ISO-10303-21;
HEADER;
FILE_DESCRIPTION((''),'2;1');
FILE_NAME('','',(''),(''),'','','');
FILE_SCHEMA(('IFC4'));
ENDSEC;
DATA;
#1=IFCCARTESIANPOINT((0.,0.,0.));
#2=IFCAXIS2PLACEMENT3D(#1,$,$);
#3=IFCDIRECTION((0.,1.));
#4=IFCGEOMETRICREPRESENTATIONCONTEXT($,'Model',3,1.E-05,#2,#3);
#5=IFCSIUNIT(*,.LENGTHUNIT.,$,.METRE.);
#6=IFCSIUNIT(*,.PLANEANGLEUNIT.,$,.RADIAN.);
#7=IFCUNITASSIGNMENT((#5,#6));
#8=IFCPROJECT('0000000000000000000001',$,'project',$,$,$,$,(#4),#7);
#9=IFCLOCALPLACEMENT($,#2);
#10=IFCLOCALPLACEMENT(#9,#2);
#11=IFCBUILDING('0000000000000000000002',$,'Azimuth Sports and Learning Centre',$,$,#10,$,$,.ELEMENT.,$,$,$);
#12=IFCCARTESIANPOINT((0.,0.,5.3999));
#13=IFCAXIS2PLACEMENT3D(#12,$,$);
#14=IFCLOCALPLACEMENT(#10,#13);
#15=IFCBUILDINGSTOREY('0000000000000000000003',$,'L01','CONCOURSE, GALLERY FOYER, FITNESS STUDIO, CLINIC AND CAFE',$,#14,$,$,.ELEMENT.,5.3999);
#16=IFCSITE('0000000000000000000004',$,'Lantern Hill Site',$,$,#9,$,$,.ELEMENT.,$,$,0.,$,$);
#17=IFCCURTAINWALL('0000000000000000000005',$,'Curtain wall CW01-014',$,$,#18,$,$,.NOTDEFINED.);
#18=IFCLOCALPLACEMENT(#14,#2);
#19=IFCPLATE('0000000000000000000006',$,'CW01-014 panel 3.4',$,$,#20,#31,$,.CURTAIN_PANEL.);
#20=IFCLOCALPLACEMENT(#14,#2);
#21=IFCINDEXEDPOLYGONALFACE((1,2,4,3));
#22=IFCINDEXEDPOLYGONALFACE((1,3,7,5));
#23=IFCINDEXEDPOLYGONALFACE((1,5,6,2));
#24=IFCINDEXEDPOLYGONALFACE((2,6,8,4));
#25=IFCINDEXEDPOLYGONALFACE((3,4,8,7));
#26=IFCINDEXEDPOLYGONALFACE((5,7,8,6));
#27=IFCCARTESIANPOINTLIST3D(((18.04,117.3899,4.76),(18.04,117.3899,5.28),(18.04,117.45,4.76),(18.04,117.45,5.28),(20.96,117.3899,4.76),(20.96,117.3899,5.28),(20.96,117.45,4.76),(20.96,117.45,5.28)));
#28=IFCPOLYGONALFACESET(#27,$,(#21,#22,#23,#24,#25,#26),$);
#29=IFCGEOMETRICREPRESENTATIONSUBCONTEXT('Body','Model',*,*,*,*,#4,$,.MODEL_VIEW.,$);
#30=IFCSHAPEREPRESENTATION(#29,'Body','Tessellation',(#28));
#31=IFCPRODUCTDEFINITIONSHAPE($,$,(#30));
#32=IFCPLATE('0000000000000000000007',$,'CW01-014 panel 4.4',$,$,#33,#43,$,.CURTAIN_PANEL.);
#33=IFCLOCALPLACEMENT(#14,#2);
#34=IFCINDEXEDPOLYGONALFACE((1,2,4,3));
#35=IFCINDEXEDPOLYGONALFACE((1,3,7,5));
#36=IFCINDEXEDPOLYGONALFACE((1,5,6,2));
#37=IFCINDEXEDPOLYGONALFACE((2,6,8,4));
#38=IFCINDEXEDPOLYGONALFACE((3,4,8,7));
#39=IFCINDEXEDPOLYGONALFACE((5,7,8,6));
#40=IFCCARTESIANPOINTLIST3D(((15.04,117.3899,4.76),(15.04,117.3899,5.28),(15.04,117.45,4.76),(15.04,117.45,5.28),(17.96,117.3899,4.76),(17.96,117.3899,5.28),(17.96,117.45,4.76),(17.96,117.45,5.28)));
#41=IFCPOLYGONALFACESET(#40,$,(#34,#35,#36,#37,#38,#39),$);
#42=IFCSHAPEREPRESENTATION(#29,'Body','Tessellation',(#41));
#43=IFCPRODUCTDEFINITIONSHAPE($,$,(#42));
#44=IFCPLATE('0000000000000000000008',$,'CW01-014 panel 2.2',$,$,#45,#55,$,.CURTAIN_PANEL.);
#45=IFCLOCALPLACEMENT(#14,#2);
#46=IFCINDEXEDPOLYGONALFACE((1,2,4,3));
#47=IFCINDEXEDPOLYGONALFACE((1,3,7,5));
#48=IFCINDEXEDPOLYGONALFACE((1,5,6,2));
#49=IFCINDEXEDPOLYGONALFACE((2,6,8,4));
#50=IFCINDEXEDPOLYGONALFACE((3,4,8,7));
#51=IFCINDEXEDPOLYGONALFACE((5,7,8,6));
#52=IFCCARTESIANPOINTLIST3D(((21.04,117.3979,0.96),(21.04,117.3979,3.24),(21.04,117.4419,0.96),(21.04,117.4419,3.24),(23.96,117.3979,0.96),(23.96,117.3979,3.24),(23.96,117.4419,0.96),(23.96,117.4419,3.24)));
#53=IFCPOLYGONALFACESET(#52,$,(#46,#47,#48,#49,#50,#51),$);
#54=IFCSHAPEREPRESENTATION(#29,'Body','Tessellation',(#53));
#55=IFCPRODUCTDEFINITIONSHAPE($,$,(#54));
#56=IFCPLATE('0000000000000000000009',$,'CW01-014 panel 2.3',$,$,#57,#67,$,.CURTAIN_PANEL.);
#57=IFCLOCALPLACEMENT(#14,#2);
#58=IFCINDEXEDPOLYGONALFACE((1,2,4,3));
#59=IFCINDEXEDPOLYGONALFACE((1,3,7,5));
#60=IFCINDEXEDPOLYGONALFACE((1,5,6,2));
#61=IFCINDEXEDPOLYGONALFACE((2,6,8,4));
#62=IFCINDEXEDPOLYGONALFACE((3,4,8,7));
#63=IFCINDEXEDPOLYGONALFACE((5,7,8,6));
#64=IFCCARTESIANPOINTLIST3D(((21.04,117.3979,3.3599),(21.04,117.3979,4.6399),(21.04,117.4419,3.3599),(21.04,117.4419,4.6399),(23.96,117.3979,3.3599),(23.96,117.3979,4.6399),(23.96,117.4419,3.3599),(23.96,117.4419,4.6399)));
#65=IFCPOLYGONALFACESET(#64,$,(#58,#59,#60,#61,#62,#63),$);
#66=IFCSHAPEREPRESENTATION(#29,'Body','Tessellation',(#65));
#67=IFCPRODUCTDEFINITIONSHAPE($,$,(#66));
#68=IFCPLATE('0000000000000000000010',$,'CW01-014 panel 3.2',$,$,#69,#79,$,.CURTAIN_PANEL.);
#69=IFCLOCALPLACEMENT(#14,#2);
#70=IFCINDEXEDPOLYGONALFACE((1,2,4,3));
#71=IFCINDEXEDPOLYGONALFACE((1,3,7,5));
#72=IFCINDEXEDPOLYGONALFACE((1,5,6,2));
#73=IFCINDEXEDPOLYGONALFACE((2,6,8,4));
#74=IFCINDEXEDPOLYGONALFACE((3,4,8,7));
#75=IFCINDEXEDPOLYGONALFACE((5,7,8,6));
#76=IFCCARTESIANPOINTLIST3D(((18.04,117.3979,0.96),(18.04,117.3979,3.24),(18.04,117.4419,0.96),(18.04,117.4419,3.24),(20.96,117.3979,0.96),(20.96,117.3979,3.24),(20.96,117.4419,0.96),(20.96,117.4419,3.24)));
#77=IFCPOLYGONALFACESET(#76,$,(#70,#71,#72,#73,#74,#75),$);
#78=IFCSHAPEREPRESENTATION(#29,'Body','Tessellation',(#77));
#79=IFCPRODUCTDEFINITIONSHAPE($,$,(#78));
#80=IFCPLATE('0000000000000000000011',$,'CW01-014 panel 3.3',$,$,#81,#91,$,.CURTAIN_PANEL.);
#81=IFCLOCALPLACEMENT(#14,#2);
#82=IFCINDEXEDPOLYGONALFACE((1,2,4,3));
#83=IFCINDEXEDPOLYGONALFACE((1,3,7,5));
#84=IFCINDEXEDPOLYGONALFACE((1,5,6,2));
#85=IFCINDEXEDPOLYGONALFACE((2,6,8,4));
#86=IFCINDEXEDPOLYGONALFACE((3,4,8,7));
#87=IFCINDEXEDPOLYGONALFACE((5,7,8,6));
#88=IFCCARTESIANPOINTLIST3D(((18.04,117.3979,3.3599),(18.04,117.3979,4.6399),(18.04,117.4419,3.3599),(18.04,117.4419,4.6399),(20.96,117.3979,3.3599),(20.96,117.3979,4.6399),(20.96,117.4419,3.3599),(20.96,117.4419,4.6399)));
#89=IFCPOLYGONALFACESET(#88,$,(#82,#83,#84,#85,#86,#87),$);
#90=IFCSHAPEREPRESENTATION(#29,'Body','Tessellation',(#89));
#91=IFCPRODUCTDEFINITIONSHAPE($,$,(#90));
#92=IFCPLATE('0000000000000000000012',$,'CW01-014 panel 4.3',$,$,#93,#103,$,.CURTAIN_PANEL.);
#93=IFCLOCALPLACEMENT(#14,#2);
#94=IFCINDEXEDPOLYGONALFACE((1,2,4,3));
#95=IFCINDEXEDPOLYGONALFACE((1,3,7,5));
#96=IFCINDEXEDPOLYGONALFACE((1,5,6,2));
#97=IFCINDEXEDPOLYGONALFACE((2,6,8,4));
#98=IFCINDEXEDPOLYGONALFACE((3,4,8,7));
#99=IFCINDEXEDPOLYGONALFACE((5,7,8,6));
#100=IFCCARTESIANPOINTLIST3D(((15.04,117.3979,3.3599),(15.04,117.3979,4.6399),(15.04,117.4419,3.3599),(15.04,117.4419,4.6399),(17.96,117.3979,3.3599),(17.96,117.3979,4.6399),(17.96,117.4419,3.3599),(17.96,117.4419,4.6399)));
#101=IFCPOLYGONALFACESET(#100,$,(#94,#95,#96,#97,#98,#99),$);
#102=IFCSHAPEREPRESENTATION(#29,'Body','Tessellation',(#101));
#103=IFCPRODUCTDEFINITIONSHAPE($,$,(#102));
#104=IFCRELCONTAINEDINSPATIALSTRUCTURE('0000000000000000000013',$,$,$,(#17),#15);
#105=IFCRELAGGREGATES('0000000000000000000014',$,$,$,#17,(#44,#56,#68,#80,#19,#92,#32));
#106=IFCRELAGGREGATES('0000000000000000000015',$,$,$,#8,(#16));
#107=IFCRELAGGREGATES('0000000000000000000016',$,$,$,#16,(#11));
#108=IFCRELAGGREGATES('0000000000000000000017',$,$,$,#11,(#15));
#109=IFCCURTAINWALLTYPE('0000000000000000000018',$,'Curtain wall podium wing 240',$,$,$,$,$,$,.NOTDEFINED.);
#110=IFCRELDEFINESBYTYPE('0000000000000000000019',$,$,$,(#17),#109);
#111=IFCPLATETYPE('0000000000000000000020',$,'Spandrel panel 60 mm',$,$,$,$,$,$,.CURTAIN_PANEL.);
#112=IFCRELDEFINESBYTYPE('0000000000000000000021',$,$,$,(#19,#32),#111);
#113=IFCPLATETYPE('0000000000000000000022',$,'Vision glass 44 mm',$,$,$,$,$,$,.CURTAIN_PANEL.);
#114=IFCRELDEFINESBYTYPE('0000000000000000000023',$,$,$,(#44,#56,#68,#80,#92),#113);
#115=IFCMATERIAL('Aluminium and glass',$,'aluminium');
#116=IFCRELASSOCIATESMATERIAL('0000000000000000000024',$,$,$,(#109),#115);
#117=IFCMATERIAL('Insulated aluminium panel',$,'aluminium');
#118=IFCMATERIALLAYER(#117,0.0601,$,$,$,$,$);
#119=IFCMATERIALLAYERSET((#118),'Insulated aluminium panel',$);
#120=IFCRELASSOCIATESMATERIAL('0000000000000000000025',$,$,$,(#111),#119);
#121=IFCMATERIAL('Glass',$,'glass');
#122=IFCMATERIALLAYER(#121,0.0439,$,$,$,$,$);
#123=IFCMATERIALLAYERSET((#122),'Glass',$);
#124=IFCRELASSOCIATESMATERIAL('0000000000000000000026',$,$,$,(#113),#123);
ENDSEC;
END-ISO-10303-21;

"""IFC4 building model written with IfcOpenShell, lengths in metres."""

from ifc_helpers import new_model, si_unit, direction, frame, origin, origin_2d, place, context, subcontext, project, spatial, rectangle, extrude, material, layer, layer_set, type_object, element, aggregate, save


model = new_model("IFC4")

# Units and contexts
model_context = context("Model", 3, precision=1e-05, world=origin(), true_north=direction((0.0, 1.0)))
body_context = subcontext(model_context, "Body", "Model", "MODEL_VIEW")
ifc_project = project(units=[si_unit("LENGTHUNIT", "METRE"), si_unit("PLANEANGLEUNIT", "RADIAN")], contexts=[model_context])

# Site, building, storey
site_placement = place(None, origin())
site = spatial("IfcSite", under=ifc_project, at=site_placement, Name="Lantern Hill Site", CompositionType="ELEMENT", RefElevation=0.0)
building_placement = place(site_placement, origin())
building = spatial("IfcBuilding", under=site, at=building_placement, Name="Azimuth Sports and Learning Centre", CompositionType="ELEMENT")
storey_placement = place(building_placement, frame((0.0, 0.0, 5.3999)))
storey = spatial("IfcBuildingStorey", under=building, at=storey_placement, Name="L01", Description="CONCOURSE, GALLERY FOYER, FITNESS STUDIO, CLINIC AND CAFE", CompositionType="ELEMENT", Elevation=5.3999)

# Curtain wall, plates
ifc_material_1 = material(Name="Aluminium and glass", Category="aluminium")
curtain_wall_type = type_object("IfcCurtainWallType", Name="Curtain wall podium wing 240", PredefinedType="NOTDEFINED", material=ifc_material_1)
curtain_wall_placement = place(storey_placement, origin())
curtain_wall = element("IfcCurtainWall", 1, at=curtain_wall_placement, inside=storey, type_object=curtain_wall_type, Name="Curtain wall CW01-014", PredefinedType="NOTDEFINED")
ifc_material_2 = material(Name="Insulated aluminium panel", Category="aluminium")
ifc_layer_1 = layer(ifc_material_2, 0.0601)
ifc_layer_set_1 = layer_set([ifc_layer_1], Name="Insulated aluminium panel")
plate_type_1 = type_object("IfcPlateType", Name="Spandrel panel 60 mm", PredefinedType="CURTAIN_PANEL", material=ifc_layer_set_1)
plate_1_placement = place(storey_placement, frame((19.5, 117.4199, 4.76), z_axis=(0.0, 0.0, 1.0), x_axis=(-1.0, 0.0, 0.0)))
plate_1 = element("IfcPlate", 2, at=plate_1_placement, type_object=plate_type_1, Name="CW01-014 panel 3.4", PredefinedType="CURTAIN_PANEL", context=body_context, shape_type="SweptSolid", body=[
    extrude(rectangle(XDim=2.9199, YDim=0.0601, at=origin_2d()), origin(), (0.0, 0.0, 1.0), 0.52),
])
plate_2_placement = place(storey_placement, frame((16.5, 117.4199, 4.76), z_axis=(0.0, 0.0, 1.0), x_axis=(-1.0, 0.0, 0.0)))
plate_2 = element("IfcPlate", 3, at=plate_2_placement, type_object=plate_type_1, Name="CW01-014 panel 4.4", PredefinedType="CURTAIN_PANEL", context=body_context, shape_type="SweptSolid", body=[
    extrude(rectangle(XDim=2.9199, YDim=0.0601, at=origin_2d()), origin(), (0.0, 0.0, 1.0), 0.52),
])
ifc_material_3 = material(Name="Glass", Category="glass")
ifc_layer_2 = layer(ifc_material_3, 0.0439)
ifc_layer_set_2 = layer_set([ifc_layer_2], Name="Glass")
plate_type_2 = type_object("IfcPlateType", Name="Vision glass 44 mm", PredefinedType="CURTAIN_PANEL", material=ifc_layer_set_2)
plate_3_placement = place(storey_placement, frame((22.5, 117.4199, 0.96), z_axis=(0.0, 0.0, 1.0), x_axis=(-1.0, 0.0, 0.0)))
plate_3 = element("IfcPlate", 4, at=plate_3_placement, type_object=plate_type_2, Name="CW01-014 panel 2.2", PredefinedType="CURTAIN_PANEL", context=body_context, shape_type="SweptSolid", body=[
    extrude(rectangle(XDim=2.9199, YDim=0.0439, at=origin_2d()), origin(), (0.0, 0.0, 1.0), 2.28),
])
plate_4_placement = place(storey_placement, frame((22.5, 117.4199, 3.3599), z_axis=(0.0, 0.0, 1.0), x_axis=(-1.0, 0.0, 0.0)))
plate_4 = element("IfcPlate", 5, at=plate_4_placement, type_object=plate_type_2, Name="CW01-014 panel 2.3", PredefinedType="CURTAIN_PANEL", context=body_context, shape_type="SweptSolid", body=[
    extrude(rectangle(XDim=2.9199, YDim=0.0439, at=origin_2d()), origin(), (0.0, 0.0, 1.0), 1.28),
])
plate_5_placement = place(storey_placement, frame((19.5, 117.4199, 0.96), z_axis=(0.0, 0.0, 1.0), x_axis=(-1.0, 0.0, 0.0)))
plate_5 = element("IfcPlate", 6, at=plate_5_placement, type_object=plate_type_2, Name="CW01-014 panel 3.2", PredefinedType="CURTAIN_PANEL", context=body_context, shape_type="SweptSolid", body=[
    extrude(rectangle(XDim=2.9199, YDim=0.0439, at=origin_2d()), origin(), (0.0, 0.0, 1.0), 2.28),
])
plate_6_placement = place(storey_placement, frame((19.5, 117.4199, 3.3599), z_axis=(0.0, 0.0, 1.0), x_axis=(-1.0, 0.0, 0.0)))
plate_6 = element("IfcPlate", 7, at=plate_6_placement, type_object=plate_type_2, Name="CW01-014 panel 3.3", PredefinedType="CURTAIN_PANEL", context=body_context, shape_type="SweptSolid", body=[
    extrude(rectangle(XDim=2.9199, YDim=0.0439, at=origin_2d()), origin(), (0.0, 0.0, 1.0), 1.28),
])
plate_7_placement = place(storey_placement, frame((16.5, 117.4199, 3.3599), z_axis=(0.0, 0.0, 1.0), x_axis=(-1.0, 0.0, 0.0)))
plate_7 = element("IfcPlate", 8, at=plate_7_placement, type_object=plate_type_2, Name="CW01-014 panel 4.3", PredefinedType="CURTAIN_PANEL", context=body_context, shape_type="SweptSolid", body=[
    extrude(rectangle(XDim=2.9199, YDim=0.0439, at=origin_2d()), origin(), (0.0, 0.0, 1.0), 1.28),
])
aggregate(curtain_wall, [plate_3, plate_4, plate_5, plate_6, plate_1, plate_7, plate_2])

save(model, "model.ifc")
